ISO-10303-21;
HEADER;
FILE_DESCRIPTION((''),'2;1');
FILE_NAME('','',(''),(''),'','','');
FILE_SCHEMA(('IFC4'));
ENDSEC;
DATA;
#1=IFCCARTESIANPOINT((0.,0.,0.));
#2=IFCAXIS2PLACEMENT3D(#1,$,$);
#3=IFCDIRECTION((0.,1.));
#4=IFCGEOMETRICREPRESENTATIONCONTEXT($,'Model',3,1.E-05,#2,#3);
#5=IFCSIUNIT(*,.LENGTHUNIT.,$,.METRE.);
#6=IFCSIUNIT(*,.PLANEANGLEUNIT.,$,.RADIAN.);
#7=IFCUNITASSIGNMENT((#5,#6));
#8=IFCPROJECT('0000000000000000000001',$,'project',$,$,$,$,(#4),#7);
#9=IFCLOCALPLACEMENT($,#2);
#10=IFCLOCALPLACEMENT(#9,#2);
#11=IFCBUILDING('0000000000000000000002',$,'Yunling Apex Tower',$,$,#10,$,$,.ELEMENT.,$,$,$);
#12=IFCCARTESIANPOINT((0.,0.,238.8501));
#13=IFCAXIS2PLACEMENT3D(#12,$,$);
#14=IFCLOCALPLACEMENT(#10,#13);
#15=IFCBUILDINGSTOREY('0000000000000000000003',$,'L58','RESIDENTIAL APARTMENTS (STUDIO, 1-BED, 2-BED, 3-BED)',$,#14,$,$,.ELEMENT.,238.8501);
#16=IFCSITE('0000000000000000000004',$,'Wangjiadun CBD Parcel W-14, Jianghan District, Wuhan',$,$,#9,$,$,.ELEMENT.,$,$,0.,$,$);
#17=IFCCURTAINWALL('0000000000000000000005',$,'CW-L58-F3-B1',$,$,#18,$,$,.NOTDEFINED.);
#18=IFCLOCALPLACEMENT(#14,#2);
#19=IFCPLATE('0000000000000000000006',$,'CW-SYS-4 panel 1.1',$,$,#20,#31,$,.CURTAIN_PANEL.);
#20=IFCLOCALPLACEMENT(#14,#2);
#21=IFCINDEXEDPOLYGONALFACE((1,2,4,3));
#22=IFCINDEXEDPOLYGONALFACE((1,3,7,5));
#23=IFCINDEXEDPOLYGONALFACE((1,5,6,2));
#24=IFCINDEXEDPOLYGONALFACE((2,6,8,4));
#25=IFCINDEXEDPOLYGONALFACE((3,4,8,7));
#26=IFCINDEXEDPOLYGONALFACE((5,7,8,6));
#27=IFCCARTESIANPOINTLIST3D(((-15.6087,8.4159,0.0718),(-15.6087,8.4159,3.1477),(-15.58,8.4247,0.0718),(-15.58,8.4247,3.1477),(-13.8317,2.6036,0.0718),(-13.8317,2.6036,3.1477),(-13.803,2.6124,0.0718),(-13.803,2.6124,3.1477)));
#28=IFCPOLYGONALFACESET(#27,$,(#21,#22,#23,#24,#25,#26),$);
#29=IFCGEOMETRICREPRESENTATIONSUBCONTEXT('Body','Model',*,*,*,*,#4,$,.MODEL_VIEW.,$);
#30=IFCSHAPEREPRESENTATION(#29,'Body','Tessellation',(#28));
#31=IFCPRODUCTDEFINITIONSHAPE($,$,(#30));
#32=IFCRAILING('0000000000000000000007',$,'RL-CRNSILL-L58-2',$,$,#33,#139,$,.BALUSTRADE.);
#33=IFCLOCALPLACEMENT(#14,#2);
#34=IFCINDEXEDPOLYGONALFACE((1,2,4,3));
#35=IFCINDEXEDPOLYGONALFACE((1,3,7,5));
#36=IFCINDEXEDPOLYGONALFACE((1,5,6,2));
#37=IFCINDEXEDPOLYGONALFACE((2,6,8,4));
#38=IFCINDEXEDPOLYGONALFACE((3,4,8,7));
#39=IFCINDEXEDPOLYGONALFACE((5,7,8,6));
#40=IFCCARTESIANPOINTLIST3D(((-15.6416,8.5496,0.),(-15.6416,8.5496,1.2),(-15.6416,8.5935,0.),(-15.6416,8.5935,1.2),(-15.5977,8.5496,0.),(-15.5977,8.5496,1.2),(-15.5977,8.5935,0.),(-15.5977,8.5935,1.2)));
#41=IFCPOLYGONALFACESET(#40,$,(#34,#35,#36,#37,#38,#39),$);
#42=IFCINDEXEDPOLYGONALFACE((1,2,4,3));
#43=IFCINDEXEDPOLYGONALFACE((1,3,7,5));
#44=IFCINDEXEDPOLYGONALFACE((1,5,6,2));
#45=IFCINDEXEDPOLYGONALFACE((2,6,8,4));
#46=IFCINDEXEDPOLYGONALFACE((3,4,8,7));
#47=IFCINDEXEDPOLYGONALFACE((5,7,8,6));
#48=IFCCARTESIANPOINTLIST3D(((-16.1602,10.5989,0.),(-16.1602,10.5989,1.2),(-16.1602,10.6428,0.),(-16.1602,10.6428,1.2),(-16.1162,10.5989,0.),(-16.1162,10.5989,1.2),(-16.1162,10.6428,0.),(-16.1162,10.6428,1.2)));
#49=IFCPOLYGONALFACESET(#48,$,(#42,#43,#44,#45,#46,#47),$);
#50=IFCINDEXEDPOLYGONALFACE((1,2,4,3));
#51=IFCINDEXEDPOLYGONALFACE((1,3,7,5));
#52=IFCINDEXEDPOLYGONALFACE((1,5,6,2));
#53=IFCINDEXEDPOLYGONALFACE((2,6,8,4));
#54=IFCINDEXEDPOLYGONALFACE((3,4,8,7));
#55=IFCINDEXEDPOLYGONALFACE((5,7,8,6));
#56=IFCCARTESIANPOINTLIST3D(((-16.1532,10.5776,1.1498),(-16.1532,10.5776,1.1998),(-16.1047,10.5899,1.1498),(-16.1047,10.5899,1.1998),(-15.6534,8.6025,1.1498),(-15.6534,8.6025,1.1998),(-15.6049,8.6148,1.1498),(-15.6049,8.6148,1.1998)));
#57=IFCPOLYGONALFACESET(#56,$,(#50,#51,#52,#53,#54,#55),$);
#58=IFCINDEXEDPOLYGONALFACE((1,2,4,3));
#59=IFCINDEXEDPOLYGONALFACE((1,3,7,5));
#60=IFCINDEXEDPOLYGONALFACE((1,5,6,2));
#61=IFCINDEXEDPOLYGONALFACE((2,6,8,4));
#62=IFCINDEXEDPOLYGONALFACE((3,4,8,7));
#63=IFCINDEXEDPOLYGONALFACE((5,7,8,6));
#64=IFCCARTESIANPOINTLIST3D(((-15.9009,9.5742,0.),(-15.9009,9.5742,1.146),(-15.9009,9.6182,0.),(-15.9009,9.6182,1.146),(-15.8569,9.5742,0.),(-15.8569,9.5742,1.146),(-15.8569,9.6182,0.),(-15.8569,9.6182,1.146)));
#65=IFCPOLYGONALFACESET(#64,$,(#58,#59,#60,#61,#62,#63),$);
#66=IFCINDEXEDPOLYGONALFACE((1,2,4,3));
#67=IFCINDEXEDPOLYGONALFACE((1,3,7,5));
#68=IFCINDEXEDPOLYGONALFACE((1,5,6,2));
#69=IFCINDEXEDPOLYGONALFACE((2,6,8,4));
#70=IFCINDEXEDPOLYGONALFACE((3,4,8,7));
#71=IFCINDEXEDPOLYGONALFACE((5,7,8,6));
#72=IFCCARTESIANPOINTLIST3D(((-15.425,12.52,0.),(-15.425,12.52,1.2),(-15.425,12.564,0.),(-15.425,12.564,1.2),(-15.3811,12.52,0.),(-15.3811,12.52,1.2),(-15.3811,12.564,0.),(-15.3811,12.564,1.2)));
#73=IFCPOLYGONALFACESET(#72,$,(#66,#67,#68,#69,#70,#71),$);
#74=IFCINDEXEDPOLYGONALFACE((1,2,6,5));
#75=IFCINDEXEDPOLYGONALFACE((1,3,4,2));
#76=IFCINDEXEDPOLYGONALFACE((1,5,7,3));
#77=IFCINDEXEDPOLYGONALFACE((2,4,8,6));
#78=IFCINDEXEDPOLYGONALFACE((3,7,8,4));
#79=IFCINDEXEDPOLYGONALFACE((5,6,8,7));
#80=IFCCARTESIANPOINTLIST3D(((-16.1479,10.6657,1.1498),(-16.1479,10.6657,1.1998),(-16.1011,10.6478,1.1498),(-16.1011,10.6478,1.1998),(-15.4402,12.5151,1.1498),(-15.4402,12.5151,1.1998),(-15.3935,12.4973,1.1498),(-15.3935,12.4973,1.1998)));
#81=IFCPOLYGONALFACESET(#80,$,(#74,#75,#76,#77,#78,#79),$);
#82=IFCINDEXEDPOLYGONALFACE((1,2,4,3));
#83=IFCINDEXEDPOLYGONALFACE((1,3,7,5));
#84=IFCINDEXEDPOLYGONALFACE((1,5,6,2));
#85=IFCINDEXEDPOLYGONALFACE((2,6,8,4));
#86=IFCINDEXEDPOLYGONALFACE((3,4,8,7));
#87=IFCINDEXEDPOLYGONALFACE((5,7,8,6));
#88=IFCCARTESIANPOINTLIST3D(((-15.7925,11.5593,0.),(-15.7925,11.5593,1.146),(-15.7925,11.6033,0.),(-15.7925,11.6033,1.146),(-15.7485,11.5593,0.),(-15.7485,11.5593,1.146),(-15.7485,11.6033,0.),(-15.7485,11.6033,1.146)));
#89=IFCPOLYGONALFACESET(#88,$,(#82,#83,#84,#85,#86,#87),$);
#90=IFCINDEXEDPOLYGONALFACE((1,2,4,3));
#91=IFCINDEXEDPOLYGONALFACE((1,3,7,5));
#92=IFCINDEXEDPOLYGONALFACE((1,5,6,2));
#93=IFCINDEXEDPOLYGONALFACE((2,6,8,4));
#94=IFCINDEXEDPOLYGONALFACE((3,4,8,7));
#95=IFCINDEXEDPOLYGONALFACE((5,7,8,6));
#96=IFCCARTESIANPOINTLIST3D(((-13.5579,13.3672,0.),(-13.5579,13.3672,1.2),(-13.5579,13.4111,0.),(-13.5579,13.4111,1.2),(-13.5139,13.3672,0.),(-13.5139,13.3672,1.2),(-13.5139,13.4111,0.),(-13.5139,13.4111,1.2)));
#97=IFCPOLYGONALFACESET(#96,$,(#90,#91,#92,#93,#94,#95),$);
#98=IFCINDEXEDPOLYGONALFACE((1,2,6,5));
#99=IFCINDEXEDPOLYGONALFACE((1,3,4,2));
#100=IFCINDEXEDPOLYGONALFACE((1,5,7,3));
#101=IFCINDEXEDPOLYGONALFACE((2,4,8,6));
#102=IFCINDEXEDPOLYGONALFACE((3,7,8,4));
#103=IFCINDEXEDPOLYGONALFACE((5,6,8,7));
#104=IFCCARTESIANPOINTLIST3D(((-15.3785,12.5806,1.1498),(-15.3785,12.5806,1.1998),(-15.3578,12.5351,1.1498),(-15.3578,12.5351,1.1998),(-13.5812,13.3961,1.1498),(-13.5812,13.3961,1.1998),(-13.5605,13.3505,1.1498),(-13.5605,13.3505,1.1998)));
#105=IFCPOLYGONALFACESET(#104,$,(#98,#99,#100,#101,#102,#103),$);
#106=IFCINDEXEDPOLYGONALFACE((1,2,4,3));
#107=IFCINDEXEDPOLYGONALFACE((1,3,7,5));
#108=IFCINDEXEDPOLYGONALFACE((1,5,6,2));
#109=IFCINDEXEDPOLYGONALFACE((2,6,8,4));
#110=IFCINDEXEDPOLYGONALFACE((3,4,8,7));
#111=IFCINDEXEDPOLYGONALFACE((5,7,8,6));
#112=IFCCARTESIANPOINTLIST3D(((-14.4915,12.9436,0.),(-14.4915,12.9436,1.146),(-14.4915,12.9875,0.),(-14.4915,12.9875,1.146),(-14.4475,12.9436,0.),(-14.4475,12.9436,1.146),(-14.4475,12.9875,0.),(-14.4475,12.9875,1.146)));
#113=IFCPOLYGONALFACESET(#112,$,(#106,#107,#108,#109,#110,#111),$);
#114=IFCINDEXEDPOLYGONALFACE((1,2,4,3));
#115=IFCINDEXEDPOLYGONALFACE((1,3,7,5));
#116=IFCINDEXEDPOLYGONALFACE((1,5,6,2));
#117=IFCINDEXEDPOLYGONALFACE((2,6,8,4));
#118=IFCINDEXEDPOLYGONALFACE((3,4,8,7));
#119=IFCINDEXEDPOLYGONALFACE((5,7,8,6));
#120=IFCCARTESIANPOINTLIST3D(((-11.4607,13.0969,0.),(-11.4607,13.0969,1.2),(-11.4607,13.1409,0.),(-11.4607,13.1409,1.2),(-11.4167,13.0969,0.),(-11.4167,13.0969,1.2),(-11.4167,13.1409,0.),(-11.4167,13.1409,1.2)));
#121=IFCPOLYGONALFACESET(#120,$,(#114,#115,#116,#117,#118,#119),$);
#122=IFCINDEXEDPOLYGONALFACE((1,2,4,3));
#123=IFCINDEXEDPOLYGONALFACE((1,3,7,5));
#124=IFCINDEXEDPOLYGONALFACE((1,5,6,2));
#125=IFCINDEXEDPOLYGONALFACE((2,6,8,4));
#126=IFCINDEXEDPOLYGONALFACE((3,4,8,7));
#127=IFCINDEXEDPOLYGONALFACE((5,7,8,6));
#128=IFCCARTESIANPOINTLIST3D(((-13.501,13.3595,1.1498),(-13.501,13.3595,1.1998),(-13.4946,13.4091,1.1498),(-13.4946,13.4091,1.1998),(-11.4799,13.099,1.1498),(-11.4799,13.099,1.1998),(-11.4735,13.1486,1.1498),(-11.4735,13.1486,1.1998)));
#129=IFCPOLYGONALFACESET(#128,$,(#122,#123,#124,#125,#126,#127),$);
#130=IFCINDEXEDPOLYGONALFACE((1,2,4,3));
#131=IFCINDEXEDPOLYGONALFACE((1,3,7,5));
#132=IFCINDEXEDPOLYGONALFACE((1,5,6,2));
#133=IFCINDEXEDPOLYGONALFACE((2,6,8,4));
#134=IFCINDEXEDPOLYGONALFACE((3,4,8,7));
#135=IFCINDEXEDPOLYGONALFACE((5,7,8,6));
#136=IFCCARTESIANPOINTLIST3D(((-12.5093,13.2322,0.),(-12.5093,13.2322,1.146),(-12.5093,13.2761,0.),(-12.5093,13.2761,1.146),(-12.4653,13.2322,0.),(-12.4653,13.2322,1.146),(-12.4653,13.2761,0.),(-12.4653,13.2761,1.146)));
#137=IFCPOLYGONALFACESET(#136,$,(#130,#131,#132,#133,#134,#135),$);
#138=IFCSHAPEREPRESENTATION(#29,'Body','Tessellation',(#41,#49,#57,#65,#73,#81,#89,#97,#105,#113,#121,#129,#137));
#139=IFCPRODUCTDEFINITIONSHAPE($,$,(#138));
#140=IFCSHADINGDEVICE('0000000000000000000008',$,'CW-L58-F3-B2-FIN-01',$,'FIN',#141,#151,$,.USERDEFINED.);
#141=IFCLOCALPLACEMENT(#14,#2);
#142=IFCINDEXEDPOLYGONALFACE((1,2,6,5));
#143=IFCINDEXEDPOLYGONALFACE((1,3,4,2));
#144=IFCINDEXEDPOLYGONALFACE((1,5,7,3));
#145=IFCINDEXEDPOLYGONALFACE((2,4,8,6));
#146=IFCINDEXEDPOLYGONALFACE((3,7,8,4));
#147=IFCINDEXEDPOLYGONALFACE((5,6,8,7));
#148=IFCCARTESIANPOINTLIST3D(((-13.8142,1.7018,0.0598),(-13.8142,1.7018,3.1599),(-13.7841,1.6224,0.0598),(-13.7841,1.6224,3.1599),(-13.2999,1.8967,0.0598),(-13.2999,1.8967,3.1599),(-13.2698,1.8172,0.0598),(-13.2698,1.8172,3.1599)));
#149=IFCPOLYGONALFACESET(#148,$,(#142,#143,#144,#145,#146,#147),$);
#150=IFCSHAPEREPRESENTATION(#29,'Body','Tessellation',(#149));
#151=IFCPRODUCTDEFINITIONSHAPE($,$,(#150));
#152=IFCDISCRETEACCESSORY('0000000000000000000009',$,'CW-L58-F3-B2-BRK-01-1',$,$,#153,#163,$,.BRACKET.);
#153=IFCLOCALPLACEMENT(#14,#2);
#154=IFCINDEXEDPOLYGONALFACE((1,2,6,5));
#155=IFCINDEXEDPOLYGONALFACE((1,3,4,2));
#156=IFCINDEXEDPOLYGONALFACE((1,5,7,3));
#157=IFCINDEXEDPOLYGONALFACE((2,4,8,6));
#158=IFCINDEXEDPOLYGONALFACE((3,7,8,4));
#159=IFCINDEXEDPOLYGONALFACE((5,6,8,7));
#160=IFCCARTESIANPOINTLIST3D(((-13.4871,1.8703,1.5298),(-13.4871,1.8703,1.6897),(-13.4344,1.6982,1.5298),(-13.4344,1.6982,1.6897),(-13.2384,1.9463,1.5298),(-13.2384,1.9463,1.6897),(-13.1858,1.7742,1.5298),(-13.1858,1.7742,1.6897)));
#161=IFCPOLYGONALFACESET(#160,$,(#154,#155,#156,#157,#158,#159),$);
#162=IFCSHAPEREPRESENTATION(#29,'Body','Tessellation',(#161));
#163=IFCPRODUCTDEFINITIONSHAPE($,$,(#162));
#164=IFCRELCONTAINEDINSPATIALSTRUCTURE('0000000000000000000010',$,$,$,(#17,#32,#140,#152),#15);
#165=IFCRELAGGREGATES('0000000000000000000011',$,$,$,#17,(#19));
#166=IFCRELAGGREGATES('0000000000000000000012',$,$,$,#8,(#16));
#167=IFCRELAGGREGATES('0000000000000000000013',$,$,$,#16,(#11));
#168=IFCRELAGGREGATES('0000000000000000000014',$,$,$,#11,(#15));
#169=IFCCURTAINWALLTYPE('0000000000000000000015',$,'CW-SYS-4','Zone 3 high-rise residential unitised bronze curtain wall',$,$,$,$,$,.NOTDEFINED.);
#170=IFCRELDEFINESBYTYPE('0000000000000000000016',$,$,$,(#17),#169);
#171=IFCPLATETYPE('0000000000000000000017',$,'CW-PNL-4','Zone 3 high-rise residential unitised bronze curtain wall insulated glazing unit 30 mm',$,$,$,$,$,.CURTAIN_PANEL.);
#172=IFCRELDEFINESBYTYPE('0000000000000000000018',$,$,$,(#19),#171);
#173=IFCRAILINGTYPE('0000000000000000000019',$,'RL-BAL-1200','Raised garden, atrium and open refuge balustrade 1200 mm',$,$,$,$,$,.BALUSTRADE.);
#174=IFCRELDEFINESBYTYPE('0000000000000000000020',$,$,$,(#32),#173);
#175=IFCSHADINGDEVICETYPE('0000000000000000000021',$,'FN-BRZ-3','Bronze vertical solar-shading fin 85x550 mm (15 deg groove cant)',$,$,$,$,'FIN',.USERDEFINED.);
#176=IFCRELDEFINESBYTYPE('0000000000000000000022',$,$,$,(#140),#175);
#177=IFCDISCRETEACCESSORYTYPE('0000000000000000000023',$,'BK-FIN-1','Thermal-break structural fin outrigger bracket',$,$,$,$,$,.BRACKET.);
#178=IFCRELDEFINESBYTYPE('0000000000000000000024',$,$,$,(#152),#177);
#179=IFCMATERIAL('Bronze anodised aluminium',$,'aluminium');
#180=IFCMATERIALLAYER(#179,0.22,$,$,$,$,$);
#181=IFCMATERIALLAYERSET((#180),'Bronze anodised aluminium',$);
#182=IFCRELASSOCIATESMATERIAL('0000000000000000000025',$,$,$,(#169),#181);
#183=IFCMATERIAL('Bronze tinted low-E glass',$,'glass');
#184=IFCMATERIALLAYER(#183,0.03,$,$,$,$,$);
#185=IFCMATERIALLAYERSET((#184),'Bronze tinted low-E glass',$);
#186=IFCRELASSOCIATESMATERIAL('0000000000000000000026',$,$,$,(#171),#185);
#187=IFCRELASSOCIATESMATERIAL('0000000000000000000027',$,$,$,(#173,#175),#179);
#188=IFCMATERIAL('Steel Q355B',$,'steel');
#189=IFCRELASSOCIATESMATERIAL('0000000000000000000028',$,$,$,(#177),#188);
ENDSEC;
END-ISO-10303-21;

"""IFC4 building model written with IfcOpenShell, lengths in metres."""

from ifc_helpers import new_model, si_unit, direction, frame, origin, origin_2d, place, context, subcontext, project, spatial, rectangle, extrude, source, transform, mapped, material, layer, layer_set, material_profile, profile_set, type_object, element, aggregate, save


model = new_model("IFC4")

# Units and contexts
model_context = context("Model", 3, precision=1e-05, world=origin(), true_north=direction((0.0, 1.0)))
body_context = subcontext(model_context, "Body", "Model", "MODEL_VIEW")
ifc_project = project(units=[si_unit("LENGTHUNIT", "METRE"), si_unit("PLANEANGLEUNIT", "RADIAN")], contexts=[model_context])

# Site, building, storey
site_placement = place(None, origin())
site = spatial("IfcSite", under=ifc_project, at=site_placement, Name="Wangjiadun CBD Parcel W-14, Jianghan District, Wuhan", CompositionType="ELEMENT", RefElevation=0.0)
building_placement = place(site_placement, origin())
building = spatial("IfcBuilding", under=site, at=building_placement, Name="Yunling Apex Tower", CompositionType="ELEMENT")
storey_placement = place(building_placement, frame((0.0, 0.0, 238.8501)))
storey = spatial("IfcBuildingStorey", under=building, at=storey_placement, Name="L58", Description="RESIDENTIAL APARTMENTS (STUDIO, 1-BED, 2-BED, 3-BED)", CompositionType="ELEMENT", Elevation=238.8501)

# Shared definitions
ifc_material_1 = material(Name="Steel Q355B", Category="steel")

# Curtain wall
ifc_material_2 = material(Name="Bronze anodised aluminium", Category="aluminium")
ifc_layer_1 = layer(ifc_material_2, 0.22)
ifc_layer_set_1 = layer_set([ifc_layer_1], Name="Bronze anodised aluminium")
curtain_wall_type = type_object("IfcCurtainWallType", Name="CW-SYS-4", Description="Zone 3 high-rise residential unitised bronze curtain wall", PredefinedType="NOTDEFINED", material=ifc_layer_set_1)
curtain_wall_1_placement = place(storey_placement, origin())
curtain_wall_1 = element("IfcCurtainWall", 1, at=curtain_wall_1_placement, inside=storey, type_object=curtain_wall_type, Name="CW-L58-F3-B1", PredefinedType="NOTDEFINED")

# Plate
ifc_material_3 = material(Name="Bronze tinted low-E glass", Category="glass")
ifc_layer_2 = layer(ifc_material_3, 0.03)
ifc_layer_set_2 = layer_set([ifc_layer_2], Name="Bronze tinted low-E glass")
plate_type = type_object("IfcPlateType", Name="CW-PNL-4", Description="Zone 3 high-rise residential unitised bronze curtain wall insulated glazing unit 30 mm", PredefinedType="CURTAIN_PANEL", material=ifc_layer_set_2)
shared_shape_1 = source(origin(), body_context, "Body", "SweptSolid", [
    extrude(rectangle(XDim=6.0779, YDim=0.03, at=origin_2d()), origin(), (0.0, 0.0, 1.0), 3.0759),
])
plate_1_placement = place(storey_placement, frame((-14.7058, 5.5142, 0.0718), z_axis=(0.0, 0.0, 1.0), x_axis=(0.292372, -0.956305, 0.0)))
plate_1 = element("IfcPlate", 2, at=plate_1_placement, type_object=plate_type, Name="CW-SYS-4 panel 1.1", PredefinedType="CURTAIN_PANEL", context=body_context, shape_type="MappedRepresentation", body=[
    mapped(shared_shape_1, transform((0.0, 0.0, 0.0), scale=1.0)),
])
aggregate(curtain_wall_1, [plate_1])

# Railing
railing_type = type_object("IfcRailingType", Name="RL-BAL-1200", Description="Raised garden, atrium and open refuge balustrade 1200 mm", PredefinedType="BALUSTRADE", material=ifc_material_2)
railing_placement = place(storey_placement, frame((-15.6196, 8.5715, 0.0)))
element("IfcRailing", 3, at=railing_placement, inside=storey, type_object=railing_type, Name="RL-CRNSILL-L58-2", PredefinedType="BALUSTRADE", context=body_context, shape_type="SweptSolid", body=[
    extrude(rectangle(XDim=0.0439, YDim=0.0439, at=origin_2d()), origin(), (0.0, 0.0, 1.0), 1.2),
    extrude(rectangle(XDim=0.0439, YDim=0.0439, at=origin_2d()), frame((-0.5186, 2.0493, 0.0)), (0.0, 0.0, 1.0), 1.2),
    extrude(rectangle(XDim=0.05, YDim=0.05, at=origin_2d()), frame((-0.0095, 0.0371, 1.1748), z_axis=(-0.245306, 0.969446, 0.0), x_axis=(-0.969446, -0.245306, 0.0)), (0.0, 0.0, 1.0), 2.0374),
    extrude(rectangle(XDim=0.0439, YDim=0.0439, at=origin_2d()), frame((-0.2593, 1.0247, 0.0)), (0.0, 0.0, 1.0), 1.146),
    extrude(rectangle(XDim=0.0439, YDim=0.0439, at=origin_2d()), frame((0.2166, 3.9705, 0.0)), (0.0, 0.0, 1.0), 1.2),
    extrude(rectangle(XDim=0.05, YDim=0.05, at=origin_2d()), frame((-0.5049, 2.0852, 1.1748), z_axis=(0.357372, 0.933962, 0.0), x_axis=(-0.933962, 0.357372, 0.0)), (0.0, 0.0, 1.0), 1.9802),
    extrude(rectangle(XDim=0.0439, YDim=0.0439, at=origin_2d()), frame((-0.1509, 3.0098, 0.0)), (0.0, 0.0, 1.0), 1.146),
    extrude(rectangle(XDim=0.0439, YDim=0.0439, at=origin_2d()), frame((2.0837, 4.8176, 0.0)), (0.0, 0.0, 1.0), 1.2),
    extrude(rectangle(XDim=0.05, YDim=0.05, at=origin_2d()), frame((0.2515, 3.9863, 1.1748), z_axis=(0.910652, 0.413175, 0.0), x_axis=(-0.413175, 0.910652, 0.0)), (0.0, 0.0, 1.0), 1.9736),
    extrude(rectangle(XDim=0.0439, YDim=0.0439, at=origin_2d()), frame((1.1501, 4.394, 0.0)), (0.0, 0.0, 1.0), 1.146),
    extrude(rectangle(XDim=0.0439, YDim=0.0439, at=origin_2d()), frame((4.1809, 4.5474, 0.0)), (0.0, 0.0, 1.0), 1.2),
    extrude(rectangle(XDim=0.05, YDim=0.05, at=origin_2d()), frame((2.1218, 4.8127, 1.1748), z_axis=(0.991798, -0.127814, 0.0), x_axis=(0.127814, 0.991798, 0.0)), (0.0, 0.0, 1.0), 2.0378),
    extrude(rectangle(XDim=0.0439, YDim=0.0439, at=origin_2d()), frame((3.1323, 4.6826, 0.0)), (0.0, 0.0, 1.0), 1.146),
])

# Shading device
ifc_material_profile_1 = material_profile(ifc_material_2, rectangle(XDim=0.085, YDim=0.55, at=origin_2d()))
ifc_profile_set_1 = profile_set([ifc_material_profile_1], Name="Bronze anodised aluminium")
shading_device_type = type_object("IfcShadingDeviceType", Name="FN-BRZ-3", Description="Bronze vertical solar-shading fin 85x550 mm (15 deg groove cant)", ElementType="FIN", PredefinedType="USERDEFINED", material=ifc_profile_set_1)
shared_shape_2 = source(origin(), body_context, "Body", "SweptSolid", [
    extrude(rectangle(XDim=0.085, YDim=0.55, at=origin_2d()), origin(), (0.0, 0.0, 1.0), 3.1001),
])
shading_device_placement = place(storey_placement, frame((-13.542, 1.7595, 0.0598), z_axis=(0.0, 0.0, 1.0), x_axis=(0.354291, -0.935135, 0.0)))
element("IfcShadingDevice", 4, at=shading_device_placement, inside=storey, type_object=shading_device_type, Name="CW-L58-F3-B2-FIN-01", ObjectType="FIN", PredefinedType="USERDEFINED", context=body_context, shape_type="MappedRepresentation", body=[
    mapped(shared_shape_2, transform((0.0, 0.0, 0.0), scale=1.0)),
])

# Discrete accessory
discrete_accessory_type = type_object("IfcDiscreteAccessoryType", Name="BK-FIN-1", Description="Thermal-break structural fin outrigger bracket", PredefinedType="BRACKET", material=ifc_material_1)
shared_shape_3 = source(origin(), body_context, "Body", "SweptSolid", [
    extrude(rectangle(XDim=0.1799, YDim=0.26, at=origin_2d()), origin(), (0.0, 0.0, 1.0), 0.1599),
])
discrete_accessory_placement = place(storey_placement, frame((-13.3364, 1.8223, 1.5298), z_axis=(0.0, 0.0, 1.0), x_axis=(0.292372, -0.956305, 0.0)))
element("IfcDiscreteAccessory", 5, at=discrete_accessory_placement, inside=storey, type_object=discrete_accessory_type, Name="CW-L58-F3-B2-BRK-01-1", PredefinedType="BRACKET", context=body_context, shape_type="MappedRepresentation", body=[
    mapped(shared_shape_3, transform((0.0, 0.0, 0.0), scale=1.0)),
])

save(model, "model.ifc")
